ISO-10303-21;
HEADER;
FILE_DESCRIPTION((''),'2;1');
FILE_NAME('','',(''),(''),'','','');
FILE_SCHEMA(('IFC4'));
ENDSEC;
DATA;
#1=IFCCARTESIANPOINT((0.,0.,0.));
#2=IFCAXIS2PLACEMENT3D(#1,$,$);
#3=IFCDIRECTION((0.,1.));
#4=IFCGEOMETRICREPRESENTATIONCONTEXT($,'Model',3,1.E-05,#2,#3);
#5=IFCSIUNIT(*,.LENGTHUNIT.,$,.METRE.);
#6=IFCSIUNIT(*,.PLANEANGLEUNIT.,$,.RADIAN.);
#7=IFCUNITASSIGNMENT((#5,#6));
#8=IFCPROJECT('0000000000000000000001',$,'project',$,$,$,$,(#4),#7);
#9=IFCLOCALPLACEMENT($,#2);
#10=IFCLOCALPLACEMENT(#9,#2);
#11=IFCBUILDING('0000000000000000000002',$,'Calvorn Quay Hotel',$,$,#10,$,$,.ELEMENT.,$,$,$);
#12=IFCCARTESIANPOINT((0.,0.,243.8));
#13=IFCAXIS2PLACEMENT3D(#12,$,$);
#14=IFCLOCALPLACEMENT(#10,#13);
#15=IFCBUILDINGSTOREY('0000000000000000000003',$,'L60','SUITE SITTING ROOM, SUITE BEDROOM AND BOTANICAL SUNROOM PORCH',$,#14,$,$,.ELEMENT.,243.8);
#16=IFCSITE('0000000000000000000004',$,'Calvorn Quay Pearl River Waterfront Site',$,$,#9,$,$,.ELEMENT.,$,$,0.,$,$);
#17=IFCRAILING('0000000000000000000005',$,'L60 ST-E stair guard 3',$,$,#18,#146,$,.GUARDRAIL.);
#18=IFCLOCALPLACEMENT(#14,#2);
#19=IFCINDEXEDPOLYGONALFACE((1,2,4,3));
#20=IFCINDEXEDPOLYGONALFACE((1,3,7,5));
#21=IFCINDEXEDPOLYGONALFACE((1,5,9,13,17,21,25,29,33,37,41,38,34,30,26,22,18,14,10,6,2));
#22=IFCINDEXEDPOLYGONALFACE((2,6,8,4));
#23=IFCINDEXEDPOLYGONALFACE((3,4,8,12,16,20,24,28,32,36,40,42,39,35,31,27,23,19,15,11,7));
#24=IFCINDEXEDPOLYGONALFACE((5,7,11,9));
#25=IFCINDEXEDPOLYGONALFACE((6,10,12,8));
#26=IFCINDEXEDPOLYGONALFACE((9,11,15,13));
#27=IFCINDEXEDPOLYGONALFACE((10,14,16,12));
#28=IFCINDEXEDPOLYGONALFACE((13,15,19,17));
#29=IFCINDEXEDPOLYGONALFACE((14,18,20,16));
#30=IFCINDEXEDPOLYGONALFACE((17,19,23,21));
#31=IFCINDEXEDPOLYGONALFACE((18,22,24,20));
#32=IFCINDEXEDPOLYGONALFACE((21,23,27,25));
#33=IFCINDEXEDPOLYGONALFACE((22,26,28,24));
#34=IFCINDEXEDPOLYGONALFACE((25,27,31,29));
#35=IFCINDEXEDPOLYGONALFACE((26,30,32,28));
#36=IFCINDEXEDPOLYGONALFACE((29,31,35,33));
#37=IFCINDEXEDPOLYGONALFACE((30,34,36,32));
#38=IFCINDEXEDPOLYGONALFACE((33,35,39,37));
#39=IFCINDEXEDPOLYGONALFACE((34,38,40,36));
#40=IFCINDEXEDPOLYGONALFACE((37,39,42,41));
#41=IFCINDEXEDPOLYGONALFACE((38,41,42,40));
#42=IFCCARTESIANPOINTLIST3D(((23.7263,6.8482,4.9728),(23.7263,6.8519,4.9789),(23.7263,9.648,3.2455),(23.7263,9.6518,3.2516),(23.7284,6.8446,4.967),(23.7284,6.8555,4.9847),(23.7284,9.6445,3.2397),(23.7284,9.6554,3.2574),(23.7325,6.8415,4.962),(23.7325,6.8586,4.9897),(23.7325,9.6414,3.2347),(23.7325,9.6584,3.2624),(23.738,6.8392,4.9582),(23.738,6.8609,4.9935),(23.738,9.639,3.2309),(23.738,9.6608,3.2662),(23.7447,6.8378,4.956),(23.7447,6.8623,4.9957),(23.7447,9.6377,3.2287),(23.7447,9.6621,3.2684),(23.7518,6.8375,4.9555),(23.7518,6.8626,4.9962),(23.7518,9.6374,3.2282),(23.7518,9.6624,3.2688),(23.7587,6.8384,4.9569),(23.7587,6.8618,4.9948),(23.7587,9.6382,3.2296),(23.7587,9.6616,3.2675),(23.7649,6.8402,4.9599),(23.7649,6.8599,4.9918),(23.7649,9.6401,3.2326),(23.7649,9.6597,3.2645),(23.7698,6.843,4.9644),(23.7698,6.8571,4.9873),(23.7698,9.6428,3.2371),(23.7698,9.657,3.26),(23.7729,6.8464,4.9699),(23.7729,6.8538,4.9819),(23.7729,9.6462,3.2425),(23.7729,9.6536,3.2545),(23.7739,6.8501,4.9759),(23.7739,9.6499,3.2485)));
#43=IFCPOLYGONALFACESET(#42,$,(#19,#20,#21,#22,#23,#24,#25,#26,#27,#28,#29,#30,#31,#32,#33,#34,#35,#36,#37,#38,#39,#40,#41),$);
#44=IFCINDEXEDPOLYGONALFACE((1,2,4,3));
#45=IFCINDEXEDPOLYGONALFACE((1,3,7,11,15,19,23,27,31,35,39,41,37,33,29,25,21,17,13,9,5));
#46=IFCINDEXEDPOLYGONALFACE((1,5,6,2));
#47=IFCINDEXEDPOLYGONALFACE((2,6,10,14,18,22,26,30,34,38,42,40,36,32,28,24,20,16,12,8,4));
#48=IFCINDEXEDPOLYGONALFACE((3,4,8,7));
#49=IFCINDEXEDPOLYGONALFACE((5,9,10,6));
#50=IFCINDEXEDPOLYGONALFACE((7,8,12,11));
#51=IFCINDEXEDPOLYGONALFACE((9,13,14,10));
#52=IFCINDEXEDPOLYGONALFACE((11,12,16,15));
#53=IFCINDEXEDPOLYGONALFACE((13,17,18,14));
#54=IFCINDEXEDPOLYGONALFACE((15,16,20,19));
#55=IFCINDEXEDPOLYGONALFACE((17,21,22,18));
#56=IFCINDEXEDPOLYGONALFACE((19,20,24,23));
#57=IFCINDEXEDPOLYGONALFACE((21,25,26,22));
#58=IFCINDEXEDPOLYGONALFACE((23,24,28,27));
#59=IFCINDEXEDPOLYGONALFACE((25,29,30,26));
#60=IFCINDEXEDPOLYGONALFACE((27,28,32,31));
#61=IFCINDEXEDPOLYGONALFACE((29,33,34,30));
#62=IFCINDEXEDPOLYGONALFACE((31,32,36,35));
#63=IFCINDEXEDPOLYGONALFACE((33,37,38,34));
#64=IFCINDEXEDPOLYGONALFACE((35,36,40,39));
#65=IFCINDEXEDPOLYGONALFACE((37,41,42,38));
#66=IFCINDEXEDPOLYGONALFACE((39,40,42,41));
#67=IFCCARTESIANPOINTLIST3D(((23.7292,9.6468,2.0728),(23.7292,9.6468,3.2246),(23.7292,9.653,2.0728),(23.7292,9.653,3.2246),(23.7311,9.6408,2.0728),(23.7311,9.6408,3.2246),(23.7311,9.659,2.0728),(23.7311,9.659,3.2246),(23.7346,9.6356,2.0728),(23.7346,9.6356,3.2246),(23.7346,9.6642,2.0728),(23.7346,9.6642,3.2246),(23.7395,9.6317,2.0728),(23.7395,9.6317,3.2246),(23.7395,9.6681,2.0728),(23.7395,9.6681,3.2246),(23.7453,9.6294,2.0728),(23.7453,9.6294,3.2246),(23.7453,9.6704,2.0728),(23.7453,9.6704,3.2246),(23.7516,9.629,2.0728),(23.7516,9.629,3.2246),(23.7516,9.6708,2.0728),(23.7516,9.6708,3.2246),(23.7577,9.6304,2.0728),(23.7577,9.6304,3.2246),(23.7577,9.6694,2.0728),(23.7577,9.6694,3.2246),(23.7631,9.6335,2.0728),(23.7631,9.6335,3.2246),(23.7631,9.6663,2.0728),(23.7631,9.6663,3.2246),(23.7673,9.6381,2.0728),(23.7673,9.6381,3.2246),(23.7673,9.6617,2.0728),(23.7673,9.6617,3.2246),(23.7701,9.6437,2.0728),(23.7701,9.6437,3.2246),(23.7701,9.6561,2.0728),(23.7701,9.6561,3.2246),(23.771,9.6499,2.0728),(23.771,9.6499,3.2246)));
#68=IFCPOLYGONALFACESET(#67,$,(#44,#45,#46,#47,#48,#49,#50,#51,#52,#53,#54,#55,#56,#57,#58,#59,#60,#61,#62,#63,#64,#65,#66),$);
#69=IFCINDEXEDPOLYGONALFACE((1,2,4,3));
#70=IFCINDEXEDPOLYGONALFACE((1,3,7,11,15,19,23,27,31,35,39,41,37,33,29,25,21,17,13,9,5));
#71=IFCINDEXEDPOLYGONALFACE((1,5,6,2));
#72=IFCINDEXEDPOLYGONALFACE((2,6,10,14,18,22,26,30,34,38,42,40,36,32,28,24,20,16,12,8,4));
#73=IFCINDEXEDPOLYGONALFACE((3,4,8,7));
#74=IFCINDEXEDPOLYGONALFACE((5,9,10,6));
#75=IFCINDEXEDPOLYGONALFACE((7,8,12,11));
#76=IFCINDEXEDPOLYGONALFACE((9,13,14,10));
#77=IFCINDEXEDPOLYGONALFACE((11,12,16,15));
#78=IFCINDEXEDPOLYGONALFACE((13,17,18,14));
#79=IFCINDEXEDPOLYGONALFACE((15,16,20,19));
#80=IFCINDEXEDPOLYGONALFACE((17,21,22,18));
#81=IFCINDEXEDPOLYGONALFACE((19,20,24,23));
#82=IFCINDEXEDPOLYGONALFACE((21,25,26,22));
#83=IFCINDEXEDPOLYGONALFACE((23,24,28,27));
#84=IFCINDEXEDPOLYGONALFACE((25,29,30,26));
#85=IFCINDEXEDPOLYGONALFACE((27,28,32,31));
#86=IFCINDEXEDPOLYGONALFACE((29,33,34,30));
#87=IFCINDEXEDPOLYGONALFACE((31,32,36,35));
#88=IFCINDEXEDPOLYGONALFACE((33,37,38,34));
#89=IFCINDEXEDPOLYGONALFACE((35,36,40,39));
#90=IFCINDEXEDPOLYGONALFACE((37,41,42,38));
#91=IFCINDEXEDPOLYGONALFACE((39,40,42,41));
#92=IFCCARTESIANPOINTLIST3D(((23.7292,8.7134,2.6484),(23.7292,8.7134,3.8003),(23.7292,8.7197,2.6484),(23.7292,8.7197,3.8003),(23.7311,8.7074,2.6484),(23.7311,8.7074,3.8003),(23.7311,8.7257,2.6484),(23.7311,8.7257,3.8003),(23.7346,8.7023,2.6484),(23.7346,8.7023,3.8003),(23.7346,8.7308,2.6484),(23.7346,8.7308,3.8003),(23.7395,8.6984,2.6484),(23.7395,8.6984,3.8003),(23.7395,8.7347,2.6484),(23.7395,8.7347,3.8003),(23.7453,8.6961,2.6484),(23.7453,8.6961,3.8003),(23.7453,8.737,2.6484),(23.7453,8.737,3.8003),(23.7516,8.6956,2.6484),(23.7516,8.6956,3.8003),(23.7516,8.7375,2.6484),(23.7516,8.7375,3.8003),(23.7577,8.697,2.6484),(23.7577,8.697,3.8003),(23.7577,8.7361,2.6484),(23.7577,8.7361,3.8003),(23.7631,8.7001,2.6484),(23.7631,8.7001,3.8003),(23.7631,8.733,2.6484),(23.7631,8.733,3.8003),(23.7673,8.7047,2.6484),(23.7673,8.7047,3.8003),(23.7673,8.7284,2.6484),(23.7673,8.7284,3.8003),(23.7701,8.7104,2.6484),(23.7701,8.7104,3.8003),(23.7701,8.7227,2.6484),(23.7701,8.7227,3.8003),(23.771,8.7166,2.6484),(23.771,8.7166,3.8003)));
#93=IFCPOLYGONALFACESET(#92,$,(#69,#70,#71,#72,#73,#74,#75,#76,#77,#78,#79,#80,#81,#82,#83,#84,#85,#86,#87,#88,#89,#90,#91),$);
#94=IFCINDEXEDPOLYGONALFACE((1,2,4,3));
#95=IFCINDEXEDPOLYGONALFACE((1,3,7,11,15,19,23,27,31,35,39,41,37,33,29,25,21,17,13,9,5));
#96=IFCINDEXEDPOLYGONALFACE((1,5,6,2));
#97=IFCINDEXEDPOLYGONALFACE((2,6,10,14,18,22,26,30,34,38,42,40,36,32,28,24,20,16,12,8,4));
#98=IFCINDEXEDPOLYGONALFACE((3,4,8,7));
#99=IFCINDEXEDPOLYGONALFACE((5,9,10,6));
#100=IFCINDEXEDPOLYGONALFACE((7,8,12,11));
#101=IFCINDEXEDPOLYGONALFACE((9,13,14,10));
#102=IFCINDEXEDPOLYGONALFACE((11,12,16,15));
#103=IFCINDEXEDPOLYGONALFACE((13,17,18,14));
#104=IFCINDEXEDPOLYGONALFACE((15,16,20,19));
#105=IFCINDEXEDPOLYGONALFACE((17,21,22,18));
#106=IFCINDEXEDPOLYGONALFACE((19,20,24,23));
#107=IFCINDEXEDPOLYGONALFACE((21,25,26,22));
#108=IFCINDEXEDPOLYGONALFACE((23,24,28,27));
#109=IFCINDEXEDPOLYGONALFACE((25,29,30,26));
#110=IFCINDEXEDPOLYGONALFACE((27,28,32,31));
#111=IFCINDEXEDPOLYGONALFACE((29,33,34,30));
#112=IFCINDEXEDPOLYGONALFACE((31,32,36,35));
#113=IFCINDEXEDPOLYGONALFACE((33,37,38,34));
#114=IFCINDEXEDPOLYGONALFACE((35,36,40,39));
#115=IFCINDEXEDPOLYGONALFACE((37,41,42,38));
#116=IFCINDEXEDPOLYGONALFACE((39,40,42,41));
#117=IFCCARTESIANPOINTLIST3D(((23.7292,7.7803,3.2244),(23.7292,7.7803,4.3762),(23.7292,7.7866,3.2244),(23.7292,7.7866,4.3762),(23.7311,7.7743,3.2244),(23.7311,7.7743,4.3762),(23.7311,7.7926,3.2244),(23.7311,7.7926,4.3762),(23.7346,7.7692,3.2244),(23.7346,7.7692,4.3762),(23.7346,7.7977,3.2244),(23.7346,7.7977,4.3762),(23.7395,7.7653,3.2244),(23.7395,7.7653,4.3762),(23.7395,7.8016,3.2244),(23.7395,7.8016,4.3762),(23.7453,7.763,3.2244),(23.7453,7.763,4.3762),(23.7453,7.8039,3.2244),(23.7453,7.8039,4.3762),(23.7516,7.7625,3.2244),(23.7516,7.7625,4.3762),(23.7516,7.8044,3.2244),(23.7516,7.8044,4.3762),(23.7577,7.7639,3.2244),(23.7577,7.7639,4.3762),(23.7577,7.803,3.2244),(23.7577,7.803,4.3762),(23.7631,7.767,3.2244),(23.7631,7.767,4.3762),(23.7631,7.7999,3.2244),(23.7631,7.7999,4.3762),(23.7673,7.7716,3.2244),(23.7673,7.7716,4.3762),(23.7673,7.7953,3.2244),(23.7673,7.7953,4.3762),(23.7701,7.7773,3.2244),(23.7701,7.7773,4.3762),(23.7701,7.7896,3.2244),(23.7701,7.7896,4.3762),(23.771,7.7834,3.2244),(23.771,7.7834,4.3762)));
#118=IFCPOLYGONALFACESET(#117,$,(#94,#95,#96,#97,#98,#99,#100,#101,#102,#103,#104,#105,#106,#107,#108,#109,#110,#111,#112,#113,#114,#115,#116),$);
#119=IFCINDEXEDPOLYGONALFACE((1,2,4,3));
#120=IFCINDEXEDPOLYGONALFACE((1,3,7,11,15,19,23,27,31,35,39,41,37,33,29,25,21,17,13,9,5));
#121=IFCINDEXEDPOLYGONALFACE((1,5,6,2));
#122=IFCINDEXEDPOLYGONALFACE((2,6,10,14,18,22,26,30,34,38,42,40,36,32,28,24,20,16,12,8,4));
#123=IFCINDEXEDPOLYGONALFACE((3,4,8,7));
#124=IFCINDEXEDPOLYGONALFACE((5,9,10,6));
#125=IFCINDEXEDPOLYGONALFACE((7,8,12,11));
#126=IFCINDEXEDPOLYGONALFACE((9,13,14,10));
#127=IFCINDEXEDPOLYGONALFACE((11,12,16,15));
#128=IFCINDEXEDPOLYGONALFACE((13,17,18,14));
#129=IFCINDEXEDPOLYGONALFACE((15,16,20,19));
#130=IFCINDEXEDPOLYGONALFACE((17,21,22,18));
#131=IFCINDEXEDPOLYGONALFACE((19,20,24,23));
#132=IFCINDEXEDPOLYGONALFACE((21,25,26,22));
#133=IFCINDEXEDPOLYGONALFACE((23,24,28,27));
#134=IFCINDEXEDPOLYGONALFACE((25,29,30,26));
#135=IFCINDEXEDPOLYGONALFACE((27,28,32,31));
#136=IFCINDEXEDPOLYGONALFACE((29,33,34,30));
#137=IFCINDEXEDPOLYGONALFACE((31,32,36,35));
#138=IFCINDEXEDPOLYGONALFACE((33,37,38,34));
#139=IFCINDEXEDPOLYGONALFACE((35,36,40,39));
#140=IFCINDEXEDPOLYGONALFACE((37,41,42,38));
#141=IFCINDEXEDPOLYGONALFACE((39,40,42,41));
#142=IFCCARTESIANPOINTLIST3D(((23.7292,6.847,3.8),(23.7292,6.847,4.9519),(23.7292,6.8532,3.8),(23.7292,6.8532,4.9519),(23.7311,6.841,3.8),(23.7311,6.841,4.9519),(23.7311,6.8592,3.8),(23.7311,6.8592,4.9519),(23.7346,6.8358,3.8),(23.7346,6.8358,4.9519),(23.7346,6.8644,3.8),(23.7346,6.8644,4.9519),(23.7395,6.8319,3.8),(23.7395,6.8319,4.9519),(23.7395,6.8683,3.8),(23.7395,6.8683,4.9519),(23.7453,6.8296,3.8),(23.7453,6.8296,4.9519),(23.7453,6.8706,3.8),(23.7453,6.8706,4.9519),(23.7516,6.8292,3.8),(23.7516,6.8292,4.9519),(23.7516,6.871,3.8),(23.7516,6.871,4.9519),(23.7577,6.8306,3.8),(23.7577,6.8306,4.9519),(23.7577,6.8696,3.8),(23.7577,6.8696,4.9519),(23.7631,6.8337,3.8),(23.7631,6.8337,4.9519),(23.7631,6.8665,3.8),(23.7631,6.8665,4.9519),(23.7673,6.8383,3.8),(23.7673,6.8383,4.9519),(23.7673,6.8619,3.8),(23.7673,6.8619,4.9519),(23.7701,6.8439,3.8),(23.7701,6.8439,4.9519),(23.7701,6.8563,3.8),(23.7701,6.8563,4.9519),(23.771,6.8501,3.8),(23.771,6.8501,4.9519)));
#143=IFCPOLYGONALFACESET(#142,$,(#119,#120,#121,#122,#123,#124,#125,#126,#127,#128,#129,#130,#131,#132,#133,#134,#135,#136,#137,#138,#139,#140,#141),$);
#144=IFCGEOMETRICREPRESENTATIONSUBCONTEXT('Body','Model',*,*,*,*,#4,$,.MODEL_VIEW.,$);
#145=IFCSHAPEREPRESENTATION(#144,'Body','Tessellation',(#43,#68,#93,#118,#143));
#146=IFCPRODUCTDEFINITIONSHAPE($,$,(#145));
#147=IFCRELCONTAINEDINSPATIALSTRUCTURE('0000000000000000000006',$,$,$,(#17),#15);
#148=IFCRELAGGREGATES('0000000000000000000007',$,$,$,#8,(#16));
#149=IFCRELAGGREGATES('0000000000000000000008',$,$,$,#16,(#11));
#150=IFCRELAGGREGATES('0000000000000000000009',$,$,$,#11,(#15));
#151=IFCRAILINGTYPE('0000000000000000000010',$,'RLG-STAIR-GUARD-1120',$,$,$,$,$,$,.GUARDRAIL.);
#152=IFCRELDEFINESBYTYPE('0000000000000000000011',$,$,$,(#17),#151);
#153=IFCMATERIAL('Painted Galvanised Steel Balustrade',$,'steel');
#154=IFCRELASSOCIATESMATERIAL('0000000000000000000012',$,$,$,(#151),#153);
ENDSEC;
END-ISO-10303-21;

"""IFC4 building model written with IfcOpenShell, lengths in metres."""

from ifc_helpers import new_model, si_unit, direction, frame, origin, origin_2d, place, context, subcontext, project, spatial, circle, extrude, material, type_object, element, save


model = new_model("IFC4")

# Units and contexts
model_context = context("Model", 3, precision=1e-05, world=origin(), true_north=direction((0.0, 1.0)))
body_context = subcontext(model_context, "Body", "Model", "MODEL_VIEW")
ifc_project = project(units=[si_unit("LENGTHUNIT", "METRE"), si_unit("PLANEANGLEUNIT", "RADIAN")], contexts=[model_context])

# Site, building, storey
site_placement = place(None, origin())
site = spatial("IfcSite", under=ifc_project, at=site_placement, Name="Calvorn Quay Pearl River Waterfront Site", CompositionType="ELEMENT", RefElevation=0.0)
building_placement = place(site_placement, origin())
building = spatial("IfcBuilding", under=site, at=building_placement, Name="Calvorn Quay Hotel", CompositionType="ELEMENT")
storey_placement = place(building_placement, frame((0.0, 0.0, 243.8)))
storey = spatial("IfcBuildingStorey", under=building, at=storey_placement, Name="L60", Description="SUITE SITTING ROOM, SUITE BEDROOM AND BOTANICAL SUNROOM PORCH", CompositionType="ELEMENT", Elevation=243.8)

# Railing
ifc_material_1 = material(Name="Painted Galvanised Steel Balustrade", Category="steel")
railing_type_1 = type_object("IfcRailingType", Name="RLG-STAIR-GUARD-1120", PredefinedType="GUARDRAIL", material=ifc_material_1)
railing_1_placement = place(storey_placement, frame((23.75, 9.6499, 2.0728)))
element("IfcRailing", 1, at=railing_1_placement, inside=storey, type_object=railing_type_1, Name="L60 ST-E stair guard 3", PredefinedType="GUARDRAIL", context=body_context, shape_type="SweptSolid", body=[
    extrude(circle(Radius=0.0239, at=origin_2d()), frame((0.0, 0.0, 1.1758), z_axis=(0.0, -0.851069, 0.525054), x_axis=(1.0, 0.0, 0.0)), (0.0, 0.0, 1.0), 3.2898),
    extrude(circle(Radius=0.021, at=origin_2d()), origin(), (0.0, 0.0, 1.0), 1.1519),
    extrude(circle(Radius=0.021, at=origin_2d()), frame((0.0, -0.9333, 0.5757)), (0.0, 0.0, 1.0), 1.1519),
    extrude(circle(Radius=0.021, at=origin_2d()), frame((0.0, -1.8665, 1.1516)), (0.0, 0.0, 1.0), 1.1519),
    extrude(circle(Radius=0.021, at=origin_2d()), frame((0.0, -2.7998, 1.7273)), (0.0, 0.0, 1.0), 1.1519),
])

save(model, "model.ifc")
